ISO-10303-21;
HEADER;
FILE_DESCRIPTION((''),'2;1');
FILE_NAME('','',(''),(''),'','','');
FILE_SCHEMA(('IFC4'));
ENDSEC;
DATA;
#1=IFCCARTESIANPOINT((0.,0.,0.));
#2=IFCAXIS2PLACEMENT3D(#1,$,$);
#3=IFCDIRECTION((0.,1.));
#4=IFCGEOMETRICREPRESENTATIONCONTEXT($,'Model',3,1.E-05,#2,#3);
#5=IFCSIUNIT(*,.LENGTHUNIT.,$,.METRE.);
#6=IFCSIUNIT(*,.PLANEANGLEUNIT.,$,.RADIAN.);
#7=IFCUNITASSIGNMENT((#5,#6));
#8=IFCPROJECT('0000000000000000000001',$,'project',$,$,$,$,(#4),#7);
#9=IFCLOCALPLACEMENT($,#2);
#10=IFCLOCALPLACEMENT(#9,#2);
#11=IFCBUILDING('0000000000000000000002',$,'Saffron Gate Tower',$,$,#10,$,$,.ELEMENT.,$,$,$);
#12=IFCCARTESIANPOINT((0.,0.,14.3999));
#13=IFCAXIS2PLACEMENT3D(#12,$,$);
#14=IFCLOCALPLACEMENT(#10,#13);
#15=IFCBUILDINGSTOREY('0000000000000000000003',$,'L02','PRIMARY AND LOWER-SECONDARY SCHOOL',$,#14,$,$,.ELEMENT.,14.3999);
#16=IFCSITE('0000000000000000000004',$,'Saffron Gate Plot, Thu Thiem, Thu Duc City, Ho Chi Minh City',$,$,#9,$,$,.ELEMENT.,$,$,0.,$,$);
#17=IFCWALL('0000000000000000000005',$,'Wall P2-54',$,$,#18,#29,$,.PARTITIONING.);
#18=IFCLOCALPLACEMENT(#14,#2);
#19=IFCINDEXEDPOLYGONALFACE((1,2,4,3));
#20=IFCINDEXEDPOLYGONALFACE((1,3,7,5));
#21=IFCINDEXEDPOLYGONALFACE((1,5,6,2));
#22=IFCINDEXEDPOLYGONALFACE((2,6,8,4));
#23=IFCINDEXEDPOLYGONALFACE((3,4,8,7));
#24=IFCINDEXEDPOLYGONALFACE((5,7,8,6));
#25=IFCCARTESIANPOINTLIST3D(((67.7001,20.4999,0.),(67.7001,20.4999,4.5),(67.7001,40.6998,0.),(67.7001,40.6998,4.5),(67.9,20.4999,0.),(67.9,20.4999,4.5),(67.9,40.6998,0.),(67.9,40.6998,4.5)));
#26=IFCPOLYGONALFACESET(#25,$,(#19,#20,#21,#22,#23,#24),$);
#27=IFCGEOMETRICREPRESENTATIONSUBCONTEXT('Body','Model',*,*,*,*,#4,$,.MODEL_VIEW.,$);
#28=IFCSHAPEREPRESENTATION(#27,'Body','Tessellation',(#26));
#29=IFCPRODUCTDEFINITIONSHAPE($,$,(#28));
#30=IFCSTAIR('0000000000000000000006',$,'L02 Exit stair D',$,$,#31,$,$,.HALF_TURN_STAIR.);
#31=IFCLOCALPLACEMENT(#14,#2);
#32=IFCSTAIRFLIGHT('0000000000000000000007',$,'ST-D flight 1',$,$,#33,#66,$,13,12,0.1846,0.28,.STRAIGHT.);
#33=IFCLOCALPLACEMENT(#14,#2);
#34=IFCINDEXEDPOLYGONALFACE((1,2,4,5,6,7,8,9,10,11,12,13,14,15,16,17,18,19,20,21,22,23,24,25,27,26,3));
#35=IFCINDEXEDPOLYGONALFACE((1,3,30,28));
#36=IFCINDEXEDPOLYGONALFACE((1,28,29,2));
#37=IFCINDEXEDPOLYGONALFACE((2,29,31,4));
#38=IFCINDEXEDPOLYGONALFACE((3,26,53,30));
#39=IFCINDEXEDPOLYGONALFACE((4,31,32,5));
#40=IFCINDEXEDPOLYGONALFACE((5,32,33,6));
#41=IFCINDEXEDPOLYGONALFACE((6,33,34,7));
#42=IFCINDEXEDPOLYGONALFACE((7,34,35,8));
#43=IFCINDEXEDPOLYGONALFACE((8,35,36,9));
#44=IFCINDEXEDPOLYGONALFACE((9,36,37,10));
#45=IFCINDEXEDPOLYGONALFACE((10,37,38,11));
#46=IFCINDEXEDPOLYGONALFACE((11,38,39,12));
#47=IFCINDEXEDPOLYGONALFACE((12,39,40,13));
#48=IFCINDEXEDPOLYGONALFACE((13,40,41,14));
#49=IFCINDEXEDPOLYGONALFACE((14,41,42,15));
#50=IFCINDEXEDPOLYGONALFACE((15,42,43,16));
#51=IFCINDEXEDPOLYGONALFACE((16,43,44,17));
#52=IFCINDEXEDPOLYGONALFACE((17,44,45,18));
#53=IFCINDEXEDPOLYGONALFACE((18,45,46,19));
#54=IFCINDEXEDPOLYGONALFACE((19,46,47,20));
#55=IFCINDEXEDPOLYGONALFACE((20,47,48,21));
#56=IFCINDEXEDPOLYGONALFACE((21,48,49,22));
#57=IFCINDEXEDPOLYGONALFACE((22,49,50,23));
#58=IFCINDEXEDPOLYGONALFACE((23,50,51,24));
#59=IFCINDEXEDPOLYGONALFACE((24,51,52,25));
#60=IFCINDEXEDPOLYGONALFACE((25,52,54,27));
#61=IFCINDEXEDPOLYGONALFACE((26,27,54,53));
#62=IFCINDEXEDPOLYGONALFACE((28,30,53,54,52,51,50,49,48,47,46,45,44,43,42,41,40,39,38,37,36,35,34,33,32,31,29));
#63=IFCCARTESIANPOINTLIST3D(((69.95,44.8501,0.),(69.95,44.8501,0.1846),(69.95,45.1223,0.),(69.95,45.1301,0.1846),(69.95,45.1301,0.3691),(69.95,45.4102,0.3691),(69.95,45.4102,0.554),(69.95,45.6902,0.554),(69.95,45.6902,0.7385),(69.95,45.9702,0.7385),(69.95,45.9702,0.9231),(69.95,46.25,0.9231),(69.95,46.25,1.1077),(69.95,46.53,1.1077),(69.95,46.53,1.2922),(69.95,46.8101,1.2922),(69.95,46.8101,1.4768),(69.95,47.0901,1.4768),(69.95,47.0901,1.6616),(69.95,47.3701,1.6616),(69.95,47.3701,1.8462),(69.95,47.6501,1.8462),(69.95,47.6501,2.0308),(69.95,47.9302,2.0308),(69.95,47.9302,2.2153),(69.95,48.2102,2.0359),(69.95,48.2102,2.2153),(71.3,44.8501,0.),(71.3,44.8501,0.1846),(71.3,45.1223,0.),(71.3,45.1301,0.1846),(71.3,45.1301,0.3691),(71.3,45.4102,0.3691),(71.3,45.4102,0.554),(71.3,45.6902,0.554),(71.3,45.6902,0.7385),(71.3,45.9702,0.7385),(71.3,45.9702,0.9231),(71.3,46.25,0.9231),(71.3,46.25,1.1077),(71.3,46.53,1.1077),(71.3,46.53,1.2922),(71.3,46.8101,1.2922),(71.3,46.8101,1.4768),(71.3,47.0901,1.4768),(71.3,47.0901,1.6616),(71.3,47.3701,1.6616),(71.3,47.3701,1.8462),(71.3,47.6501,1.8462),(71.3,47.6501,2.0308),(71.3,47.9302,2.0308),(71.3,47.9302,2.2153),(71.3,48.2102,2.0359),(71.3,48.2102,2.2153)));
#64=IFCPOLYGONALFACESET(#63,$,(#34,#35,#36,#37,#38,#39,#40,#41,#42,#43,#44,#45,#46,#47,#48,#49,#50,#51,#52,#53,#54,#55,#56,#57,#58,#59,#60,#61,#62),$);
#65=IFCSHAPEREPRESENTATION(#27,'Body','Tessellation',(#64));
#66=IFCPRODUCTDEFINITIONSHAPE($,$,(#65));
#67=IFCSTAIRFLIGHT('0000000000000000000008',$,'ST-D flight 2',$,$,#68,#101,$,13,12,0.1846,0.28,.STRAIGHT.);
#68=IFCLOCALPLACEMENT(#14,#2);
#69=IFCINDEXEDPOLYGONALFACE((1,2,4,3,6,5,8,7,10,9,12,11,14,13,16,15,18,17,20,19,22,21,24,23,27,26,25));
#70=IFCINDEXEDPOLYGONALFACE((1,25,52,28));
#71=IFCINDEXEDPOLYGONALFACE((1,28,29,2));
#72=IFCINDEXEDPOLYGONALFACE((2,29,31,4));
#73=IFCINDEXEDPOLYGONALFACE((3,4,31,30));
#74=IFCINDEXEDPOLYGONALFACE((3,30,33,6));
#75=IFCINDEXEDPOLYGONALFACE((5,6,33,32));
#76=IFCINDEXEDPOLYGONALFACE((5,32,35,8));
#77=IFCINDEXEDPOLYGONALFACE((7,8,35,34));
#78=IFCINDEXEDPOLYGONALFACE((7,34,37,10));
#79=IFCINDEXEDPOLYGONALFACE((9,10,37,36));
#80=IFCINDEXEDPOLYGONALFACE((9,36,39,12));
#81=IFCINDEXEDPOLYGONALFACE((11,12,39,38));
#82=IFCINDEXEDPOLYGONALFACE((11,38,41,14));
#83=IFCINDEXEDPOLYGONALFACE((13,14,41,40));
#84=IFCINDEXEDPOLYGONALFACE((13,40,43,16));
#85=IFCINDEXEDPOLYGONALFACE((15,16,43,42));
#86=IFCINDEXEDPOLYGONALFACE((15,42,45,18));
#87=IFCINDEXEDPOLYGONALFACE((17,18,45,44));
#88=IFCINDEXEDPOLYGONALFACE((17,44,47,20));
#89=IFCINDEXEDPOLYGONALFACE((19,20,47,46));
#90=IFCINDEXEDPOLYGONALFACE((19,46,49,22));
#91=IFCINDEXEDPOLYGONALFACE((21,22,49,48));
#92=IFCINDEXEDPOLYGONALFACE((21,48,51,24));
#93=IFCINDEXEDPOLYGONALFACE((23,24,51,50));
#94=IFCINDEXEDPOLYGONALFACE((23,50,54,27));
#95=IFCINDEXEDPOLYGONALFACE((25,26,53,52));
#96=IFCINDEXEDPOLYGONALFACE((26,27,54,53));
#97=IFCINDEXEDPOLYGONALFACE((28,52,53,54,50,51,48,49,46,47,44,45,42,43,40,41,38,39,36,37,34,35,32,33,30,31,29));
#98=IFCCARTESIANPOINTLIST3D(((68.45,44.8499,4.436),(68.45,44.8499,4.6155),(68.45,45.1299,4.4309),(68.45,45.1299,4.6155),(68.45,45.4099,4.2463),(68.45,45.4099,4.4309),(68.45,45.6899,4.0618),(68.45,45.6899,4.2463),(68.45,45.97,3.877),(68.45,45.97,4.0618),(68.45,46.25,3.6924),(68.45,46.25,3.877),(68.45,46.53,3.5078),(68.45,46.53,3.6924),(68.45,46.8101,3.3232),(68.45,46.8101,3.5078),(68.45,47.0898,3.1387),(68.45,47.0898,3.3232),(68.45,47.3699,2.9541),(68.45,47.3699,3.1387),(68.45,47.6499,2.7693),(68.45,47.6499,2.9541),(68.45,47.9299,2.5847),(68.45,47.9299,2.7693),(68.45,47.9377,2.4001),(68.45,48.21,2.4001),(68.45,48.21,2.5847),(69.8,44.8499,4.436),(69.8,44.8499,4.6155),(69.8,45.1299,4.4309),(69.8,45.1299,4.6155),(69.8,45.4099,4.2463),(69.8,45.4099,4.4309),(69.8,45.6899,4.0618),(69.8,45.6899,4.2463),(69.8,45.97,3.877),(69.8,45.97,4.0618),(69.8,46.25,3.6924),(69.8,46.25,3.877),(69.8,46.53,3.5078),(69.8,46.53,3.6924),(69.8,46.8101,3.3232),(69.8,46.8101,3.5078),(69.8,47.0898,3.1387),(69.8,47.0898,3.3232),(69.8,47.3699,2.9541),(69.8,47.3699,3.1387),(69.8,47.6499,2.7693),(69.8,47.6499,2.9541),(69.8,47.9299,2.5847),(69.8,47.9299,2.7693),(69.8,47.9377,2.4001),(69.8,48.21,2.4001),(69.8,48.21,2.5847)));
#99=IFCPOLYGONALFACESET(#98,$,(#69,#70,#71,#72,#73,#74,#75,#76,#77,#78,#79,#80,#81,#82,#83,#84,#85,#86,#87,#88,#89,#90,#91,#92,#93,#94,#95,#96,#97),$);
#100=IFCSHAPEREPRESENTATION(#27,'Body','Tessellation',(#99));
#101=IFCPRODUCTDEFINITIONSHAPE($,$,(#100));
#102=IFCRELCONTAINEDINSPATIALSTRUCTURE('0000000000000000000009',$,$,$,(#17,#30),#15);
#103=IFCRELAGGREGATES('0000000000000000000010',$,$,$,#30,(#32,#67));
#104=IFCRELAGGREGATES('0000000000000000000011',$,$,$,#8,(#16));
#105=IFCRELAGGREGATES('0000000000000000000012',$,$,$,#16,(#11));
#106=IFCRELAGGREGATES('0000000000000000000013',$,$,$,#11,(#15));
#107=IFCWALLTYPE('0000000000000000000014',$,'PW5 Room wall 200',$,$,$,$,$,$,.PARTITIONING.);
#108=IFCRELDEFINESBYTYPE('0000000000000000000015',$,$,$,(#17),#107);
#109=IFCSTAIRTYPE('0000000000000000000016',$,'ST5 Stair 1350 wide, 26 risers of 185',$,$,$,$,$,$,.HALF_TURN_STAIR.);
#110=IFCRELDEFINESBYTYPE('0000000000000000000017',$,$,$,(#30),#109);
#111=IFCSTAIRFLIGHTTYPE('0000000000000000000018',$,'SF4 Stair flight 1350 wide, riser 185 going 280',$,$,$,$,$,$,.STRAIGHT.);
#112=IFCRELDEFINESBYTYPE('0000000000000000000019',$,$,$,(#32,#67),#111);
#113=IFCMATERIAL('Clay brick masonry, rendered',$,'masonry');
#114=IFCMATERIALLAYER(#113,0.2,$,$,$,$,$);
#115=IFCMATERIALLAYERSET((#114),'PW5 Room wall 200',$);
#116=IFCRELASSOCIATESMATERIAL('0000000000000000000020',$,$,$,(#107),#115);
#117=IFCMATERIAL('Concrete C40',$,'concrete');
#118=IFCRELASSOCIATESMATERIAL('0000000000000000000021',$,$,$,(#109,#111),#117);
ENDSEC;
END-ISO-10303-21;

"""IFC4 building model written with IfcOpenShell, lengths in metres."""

from ifc_helpers import new_model, si_unit, direction, frame, frame_2d, origin, place, context, subcontext, project, spatial, polyline, rectangle, outline, extrude, material, layer, layer_set, type_object, element, aggregate, save


model = new_model("IFC4")

# Units and contexts
model_context = context("Model", 3, precision=1e-05, world=origin(), true_north=direction((0.0, 1.0)))
body_context = subcontext(model_context, "Body", "Model", "MODEL_VIEW")
ifc_project = project(units=[si_unit("LENGTHUNIT", "METRE"), si_unit("PLANEANGLEUNIT", "RADIAN")], contexts=[model_context])

# Site, building, storey
site_placement = place(None, origin())
site = spatial("IfcSite", under=ifc_project, at=site_placement, Name="Saffron Gate Plot, Thu Thiem, Thu Duc City, Ho Chi Minh City", CompositionType="ELEMENT", RefElevation=0.0)
building_placement = place(site_placement, origin())
building = spatial("IfcBuilding", under=site, at=building_placement, Name="Saffron Gate Tower", CompositionType="ELEMENT")
storey_placement = place(building_placement, frame((0.0, 0.0, 14.3999)))
storey = spatial("IfcBuildingStorey", under=building, at=storey_placement, Name="L02", Description="PRIMARY AND LOWER-SECONDARY SCHOOL", CompositionType="ELEMENT", Elevation=14.3999)

# Shared definitions
ifc_material_1 = material(Name="Clay brick masonry, rendered", Category="masonry")

# Wall
ifc_layer_1 = layer(ifc_material_1, 0.2)
ifc_layer_set_1 = layer_set([ifc_layer_1], Name="PW5 Room wall 200")
wall_type_1 = type_object("IfcWallType", Name="PW5 Room wall 200", PredefinedType="PARTITIONING", material=ifc_layer_set_1)
wall_1_placement = place(storey_placement, frame((67.8, 40.7, 0.0), z_axis=(0.0, 0.0, 1.0), x_axis=(0.0, -1.0, 0.0)))
element("IfcWall", 1, at=wall_1_placement, inside=storey, type_object=wall_type_1, Name="Wall P2-54", PredefinedType="PARTITIONING", context=body_context, shape_type="SweptSolid", body=[
    extrude(rectangle(XDim=20.2, YDim=0.2, at=frame_2d((10.1001, 0.0))), origin(), (0.0, 0.0, 1.0), 4.5),
])

# Stair, stair flights
ifc_material_2 = material(Name="Concrete C40", Category="concrete")
stair_type = type_object("IfcStairType", Name="ST5 Stair 1350 wide, 26 risers of 185", PredefinedType="HALF_TURN_STAIR", material=ifc_material_2)
stair_placement = place(storey_placement, origin())
stair = element("IfcStair", 2, at=stair_placement, inside=storey, type_object=stair_type, Name="L02 Exit stair D", PredefinedType="HALF_TURN_STAIR")
stair_flight_type = type_object("IfcStairFlightType", Name="SF4 Stair flight 1350 wide, riser 185 going 280", PredefinedType="STRAIGHT", material=ifc_material_2)
stair_flight_1_placement = place(storey_placement, frame((70.625, 44.8501, 0.0), z_axis=(0.0, 0.0, 1.0), x_axis=(0.0, 1.0, 0.0)))
stair_flight_1 = element("IfcStairFlight", 3, at=stair_flight_1_placement, type_object=stair_flight_type, Name="ST-D flight 1", NumberOfRisers=13, NumberOfTreads=12, PredefinedType="STRAIGHT", RiserHeight=0.1846, TreadLength=0.28, context=body_context, shape_type="SweptSolid", body=[
    extrude(outline(polyline([(0.0, 0.0), (0.0, 0.1846), (0.28, 0.1846), (0.28, 0.3691), (0.5601, 0.3691), (0.5601, 0.554), (0.8401, 0.554), (0.8401, 0.7385), (1.1201, 0.7385), (1.1201, 0.9231), (1.3999, 0.9231), (1.3999, 1.1077), (1.6799, 1.1077), (1.6799, 1.2922), (1.96, 1.2922), (1.96, 1.4768), (2.24, 1.4768), (2.24, 1.6616), (2.52, 1.6616), (2.52, 1.8462), (2.8, 1.8462), (2.8, 2.0308), (3.0801, 2.0308), (3.0801, 2.2153), (3.3601, 2.2153), (3.3601, 2.3999), (3.3601, 2.0359), (0.2722, 0.0), (0.0, 0.0)])), frame((0.0, 0.675, 0.0), z_axis=(0.0, -1.0, 0.0), x_axis=(1.0, 0.0, 0.0)), (0.0, 0.0, 1.0), 1.3501),
])
stair_flight_2_placement = place(storey_placement, frame((69.125, 48.21, 2.4001), z_axis=(0.0, 0.0, 1.0), x_axis=(0.0, -1.0, 0.0)))
stair_flight_2 = element("IfcStairFlight", 4, at=stair_flight_2_placement, type_object=stair_flight_type, Name="ST-D flight 2", NumberOfRisers=13, NumberOfTreads=12, PredefinedType="STRAIGHT", RiserHeight=0.1846, TreadLength=0.28, context=body_context, shape_type="SweptSolid", body=[
    extrude(outline(polyline([(0.0, 0.0), (0.0, 0.1846), (0.28, 0.1846), (0.28, 0.3691), (0.5601, 0.3691), (0.5601, 0.554), (0.8401, 0.554), (0.8401, 0.7385), (1.1201, 0.7385), (1.1201, 0.9231), (1.3999, 0.9231), (1.3999, 1.1077), (1.6799, 1.1077), (1.6799, 1.2922), (1.96, 1.2922), (1.96, 1.4768), (2.24, 1.4768), (2.24, 1.6616), (2.52, 1.6616), (2.52, 1.8462), (2.8, 1.8462), (2.8, 2.0308), (3.0801, 2.0308), (3.0801, 2.2153), (3.3601, 2.2153), (3.3601, 2.3999), (3.3601, 2.0359), (0.2722, 0.0), (0.0, 0.0)])), frame((0.0, 0.675, 0.0), z_axis=(0.0, -1.0, 0.0), x_axis=(1.0, 0.0, 0.0)), (0.0, 0.0, 1.0), 1.3501),
])
aggregate(stair, [stair_flight_1, stair_flight_2])

save(model, "model.ifc")
